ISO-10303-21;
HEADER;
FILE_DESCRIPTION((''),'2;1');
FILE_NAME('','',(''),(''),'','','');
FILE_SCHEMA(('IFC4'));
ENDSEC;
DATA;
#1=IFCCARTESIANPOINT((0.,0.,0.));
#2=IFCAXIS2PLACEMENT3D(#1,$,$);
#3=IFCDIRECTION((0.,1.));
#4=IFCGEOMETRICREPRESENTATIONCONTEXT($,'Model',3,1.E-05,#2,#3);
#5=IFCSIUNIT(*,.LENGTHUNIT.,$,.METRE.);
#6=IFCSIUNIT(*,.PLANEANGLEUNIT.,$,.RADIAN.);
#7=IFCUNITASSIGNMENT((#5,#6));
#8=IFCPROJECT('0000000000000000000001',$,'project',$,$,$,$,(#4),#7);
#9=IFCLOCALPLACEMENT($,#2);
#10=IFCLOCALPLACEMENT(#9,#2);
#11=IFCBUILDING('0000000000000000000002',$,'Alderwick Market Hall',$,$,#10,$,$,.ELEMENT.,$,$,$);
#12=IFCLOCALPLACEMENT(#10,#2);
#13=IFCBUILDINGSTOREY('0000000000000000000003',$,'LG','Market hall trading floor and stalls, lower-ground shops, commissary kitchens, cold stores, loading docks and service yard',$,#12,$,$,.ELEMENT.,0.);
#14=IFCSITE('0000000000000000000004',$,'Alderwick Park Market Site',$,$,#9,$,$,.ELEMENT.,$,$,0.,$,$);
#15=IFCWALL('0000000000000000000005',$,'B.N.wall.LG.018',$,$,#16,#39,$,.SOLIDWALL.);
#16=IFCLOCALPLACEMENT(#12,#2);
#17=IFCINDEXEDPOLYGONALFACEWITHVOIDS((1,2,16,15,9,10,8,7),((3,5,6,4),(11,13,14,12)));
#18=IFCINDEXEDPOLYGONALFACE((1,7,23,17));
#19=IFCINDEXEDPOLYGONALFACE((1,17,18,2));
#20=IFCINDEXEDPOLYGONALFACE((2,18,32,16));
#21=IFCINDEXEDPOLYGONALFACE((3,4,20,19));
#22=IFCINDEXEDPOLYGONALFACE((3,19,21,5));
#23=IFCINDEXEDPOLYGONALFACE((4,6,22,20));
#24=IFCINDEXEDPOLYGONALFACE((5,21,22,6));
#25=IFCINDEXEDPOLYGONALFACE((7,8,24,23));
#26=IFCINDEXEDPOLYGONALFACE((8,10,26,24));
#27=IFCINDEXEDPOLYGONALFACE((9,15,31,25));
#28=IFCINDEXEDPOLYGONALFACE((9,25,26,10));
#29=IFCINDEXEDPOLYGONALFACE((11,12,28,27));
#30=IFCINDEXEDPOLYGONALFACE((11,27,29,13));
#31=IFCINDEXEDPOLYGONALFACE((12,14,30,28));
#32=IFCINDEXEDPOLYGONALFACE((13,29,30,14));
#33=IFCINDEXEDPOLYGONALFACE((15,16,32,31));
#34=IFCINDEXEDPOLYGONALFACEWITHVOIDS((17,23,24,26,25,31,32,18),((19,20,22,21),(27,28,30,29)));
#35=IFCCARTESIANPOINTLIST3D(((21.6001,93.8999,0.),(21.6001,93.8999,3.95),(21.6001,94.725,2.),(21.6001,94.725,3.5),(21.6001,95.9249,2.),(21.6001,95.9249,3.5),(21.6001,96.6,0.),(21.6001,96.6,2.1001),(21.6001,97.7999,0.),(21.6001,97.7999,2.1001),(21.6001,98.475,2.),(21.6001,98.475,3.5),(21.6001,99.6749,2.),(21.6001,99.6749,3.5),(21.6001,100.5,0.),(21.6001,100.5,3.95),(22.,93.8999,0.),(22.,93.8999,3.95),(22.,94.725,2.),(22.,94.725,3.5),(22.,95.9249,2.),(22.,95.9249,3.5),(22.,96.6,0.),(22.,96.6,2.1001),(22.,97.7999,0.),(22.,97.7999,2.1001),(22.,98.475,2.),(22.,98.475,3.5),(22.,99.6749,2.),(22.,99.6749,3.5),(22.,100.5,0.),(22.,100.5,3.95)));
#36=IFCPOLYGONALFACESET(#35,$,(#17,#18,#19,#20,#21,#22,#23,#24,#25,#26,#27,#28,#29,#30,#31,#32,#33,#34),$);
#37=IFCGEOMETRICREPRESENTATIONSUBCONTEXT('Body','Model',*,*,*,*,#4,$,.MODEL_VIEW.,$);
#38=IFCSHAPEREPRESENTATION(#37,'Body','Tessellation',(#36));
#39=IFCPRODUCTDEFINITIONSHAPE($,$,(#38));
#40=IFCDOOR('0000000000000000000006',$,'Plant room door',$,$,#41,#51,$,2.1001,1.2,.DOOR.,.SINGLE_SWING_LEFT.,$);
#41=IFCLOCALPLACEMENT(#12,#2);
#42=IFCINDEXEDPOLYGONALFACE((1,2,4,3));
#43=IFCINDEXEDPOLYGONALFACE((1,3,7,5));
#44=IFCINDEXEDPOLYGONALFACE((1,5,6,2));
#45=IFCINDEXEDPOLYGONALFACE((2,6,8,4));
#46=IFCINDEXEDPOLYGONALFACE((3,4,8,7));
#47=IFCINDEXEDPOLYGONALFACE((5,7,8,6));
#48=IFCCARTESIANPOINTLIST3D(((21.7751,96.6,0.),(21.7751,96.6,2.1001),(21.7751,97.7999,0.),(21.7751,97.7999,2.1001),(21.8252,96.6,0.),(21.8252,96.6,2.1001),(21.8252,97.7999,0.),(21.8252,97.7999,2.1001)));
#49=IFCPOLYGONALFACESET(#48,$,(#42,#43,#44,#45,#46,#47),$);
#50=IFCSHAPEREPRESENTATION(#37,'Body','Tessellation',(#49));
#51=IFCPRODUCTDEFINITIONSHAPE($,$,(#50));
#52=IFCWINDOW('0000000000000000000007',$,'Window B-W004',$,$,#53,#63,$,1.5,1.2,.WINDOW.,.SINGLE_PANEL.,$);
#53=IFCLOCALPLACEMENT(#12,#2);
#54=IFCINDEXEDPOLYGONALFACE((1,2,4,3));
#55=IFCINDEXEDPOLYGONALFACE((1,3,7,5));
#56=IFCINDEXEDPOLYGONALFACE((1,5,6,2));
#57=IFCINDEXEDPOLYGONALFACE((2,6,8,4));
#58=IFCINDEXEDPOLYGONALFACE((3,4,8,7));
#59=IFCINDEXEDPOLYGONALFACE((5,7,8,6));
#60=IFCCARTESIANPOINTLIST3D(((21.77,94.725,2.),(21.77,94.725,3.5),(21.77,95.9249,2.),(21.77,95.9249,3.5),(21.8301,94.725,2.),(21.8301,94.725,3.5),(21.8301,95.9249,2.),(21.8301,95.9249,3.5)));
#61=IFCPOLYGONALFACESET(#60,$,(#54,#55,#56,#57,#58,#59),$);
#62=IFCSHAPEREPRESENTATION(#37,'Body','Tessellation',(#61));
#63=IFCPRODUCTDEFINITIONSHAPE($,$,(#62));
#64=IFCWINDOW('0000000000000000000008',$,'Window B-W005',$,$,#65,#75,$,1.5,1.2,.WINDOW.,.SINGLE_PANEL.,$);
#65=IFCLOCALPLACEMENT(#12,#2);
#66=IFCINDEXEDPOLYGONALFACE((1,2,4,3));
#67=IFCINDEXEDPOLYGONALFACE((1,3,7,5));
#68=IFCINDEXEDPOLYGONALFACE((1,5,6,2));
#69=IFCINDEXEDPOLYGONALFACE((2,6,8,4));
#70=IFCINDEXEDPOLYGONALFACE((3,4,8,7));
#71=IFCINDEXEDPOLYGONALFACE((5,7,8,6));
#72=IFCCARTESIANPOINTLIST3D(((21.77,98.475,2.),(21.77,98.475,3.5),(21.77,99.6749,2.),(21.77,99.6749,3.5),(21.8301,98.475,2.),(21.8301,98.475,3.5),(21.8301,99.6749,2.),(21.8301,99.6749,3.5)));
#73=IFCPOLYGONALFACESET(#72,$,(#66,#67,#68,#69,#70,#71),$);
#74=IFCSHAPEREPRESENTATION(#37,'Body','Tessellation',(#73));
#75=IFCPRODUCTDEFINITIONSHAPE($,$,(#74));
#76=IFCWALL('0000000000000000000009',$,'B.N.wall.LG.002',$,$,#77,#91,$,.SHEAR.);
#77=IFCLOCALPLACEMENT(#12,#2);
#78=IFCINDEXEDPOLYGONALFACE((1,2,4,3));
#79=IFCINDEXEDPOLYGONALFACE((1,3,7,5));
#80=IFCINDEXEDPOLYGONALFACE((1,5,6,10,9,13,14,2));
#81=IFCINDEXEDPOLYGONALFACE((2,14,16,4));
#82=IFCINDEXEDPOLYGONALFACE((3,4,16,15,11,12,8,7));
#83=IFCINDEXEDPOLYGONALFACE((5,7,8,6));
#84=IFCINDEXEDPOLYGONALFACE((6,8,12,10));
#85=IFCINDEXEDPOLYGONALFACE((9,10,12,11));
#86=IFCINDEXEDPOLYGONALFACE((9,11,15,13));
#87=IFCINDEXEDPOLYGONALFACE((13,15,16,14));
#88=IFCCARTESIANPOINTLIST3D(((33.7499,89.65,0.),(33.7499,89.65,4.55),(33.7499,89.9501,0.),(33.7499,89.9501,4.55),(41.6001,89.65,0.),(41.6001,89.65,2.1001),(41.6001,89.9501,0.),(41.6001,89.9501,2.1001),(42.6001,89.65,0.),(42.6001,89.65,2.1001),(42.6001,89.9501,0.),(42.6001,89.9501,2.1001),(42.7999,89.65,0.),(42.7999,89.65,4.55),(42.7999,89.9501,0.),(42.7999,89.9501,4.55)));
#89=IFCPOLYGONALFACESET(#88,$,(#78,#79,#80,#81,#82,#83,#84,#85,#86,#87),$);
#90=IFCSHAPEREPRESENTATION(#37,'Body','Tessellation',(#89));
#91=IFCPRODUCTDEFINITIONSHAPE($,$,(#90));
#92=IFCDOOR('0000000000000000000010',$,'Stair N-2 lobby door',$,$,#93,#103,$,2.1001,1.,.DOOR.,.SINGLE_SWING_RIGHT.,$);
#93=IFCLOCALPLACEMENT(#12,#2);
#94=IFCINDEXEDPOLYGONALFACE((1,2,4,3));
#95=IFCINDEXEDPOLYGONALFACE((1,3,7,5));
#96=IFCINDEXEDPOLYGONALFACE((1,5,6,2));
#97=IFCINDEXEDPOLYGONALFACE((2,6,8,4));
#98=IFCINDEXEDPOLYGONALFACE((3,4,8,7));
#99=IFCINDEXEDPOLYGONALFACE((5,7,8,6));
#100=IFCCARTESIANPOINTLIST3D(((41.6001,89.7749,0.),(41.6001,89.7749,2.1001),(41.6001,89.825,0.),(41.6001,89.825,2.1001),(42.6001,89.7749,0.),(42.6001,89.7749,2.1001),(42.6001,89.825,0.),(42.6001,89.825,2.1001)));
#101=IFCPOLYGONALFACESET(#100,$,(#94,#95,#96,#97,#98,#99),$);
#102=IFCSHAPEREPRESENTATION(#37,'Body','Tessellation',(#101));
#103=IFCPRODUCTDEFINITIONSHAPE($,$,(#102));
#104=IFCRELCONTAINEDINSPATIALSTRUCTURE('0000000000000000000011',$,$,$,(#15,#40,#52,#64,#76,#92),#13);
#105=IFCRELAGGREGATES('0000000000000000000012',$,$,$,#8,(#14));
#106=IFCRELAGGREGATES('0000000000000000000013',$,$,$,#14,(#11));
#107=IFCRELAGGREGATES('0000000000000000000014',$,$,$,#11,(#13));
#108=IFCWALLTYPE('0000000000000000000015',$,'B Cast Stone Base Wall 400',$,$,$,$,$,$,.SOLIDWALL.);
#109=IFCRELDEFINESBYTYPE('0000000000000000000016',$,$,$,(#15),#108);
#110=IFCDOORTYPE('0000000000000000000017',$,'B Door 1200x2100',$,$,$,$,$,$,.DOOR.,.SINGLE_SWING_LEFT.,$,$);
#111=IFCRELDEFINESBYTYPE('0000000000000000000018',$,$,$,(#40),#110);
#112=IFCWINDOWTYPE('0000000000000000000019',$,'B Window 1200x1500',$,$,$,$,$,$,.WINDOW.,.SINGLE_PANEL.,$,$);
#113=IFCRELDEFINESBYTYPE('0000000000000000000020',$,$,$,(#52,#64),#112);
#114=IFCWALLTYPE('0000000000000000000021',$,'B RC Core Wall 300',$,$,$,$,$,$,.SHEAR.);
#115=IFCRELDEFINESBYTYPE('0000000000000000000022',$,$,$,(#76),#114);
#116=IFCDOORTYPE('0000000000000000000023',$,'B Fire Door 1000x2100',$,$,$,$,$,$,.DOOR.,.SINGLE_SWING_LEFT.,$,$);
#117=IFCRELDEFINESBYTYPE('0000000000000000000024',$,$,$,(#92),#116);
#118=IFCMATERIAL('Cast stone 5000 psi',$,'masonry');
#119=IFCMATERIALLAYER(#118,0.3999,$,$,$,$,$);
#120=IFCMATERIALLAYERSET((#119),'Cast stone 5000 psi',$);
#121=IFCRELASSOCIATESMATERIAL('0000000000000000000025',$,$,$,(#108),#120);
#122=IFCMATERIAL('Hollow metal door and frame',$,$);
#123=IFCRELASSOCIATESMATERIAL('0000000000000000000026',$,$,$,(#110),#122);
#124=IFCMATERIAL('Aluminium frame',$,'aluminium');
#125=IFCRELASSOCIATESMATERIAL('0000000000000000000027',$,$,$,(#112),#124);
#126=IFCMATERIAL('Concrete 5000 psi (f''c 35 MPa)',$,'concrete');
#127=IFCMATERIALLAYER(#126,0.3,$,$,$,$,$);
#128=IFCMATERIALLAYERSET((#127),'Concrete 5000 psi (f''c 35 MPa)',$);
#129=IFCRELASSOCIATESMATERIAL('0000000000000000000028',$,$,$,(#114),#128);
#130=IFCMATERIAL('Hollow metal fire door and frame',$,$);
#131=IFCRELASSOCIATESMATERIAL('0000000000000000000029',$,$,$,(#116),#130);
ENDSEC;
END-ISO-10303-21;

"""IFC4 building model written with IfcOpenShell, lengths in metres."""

from ifc_helpers import new_model, si_unit, direction, frame, frame_2d, origin, place, context, subcontext, project, spatial, rectangle, extrude, material, layer, layer_set, type_object, element, fill, save


model = new_model("IFC4")

# Units and contexts
model_context = context("Model", 3, precision=1e-05, world=origin(), true_north=direction((0.0, 1.0)))
body_context = subcontext(model_context, "Body", "Model", "MODEL_VIEW")
ifc_project = project(units=[si_unit("LENGTHUNIT", "METRE"), si_unit("PLANEANGLEUNIT", "RADIAN")], contexts=[model_context])

# Site, building, storey
site_placement = place(None, origin())
site = spatial("IfcSite", under=ifc_project, at=site_placement, Name="Alderwick Park Market Site", CompositionType="ELEMENT", RefElevation=0.0)
building_placement = place(site_placement, origin())
building = spatial("IfcBuilding", under=site, at=building_placement, Name="Alderwick Market Hall", CompositionType="ELEMENT")
storey_placement = place(building_placement, origin())
storey = spatial("IfcBuildingStorey", under=building, at=storey_placement, Name="LG", Description="Market hall trading floor and stalls, lower-ground shops, commissary kitchens, cold stores, loading docks and service yard", CompositionType="ELEMENT", Elevation=0.0)

# Shared definitions
ifc_material_1 = material(Name="Concrete 5000 psi (f'c 35 MPa)", Category="concrete")

# Shared definitions
ifc_material_2 = material(Name="Cast stone 5000 psi", Category="masonry")
ifc_layer_1 = layer(ifc_material_2, 0.3999)
ifc_layer_set_1 = layer_set([ifc_layer_1], Name="Cast stone 5000 psi")
wall_type_1 = type_object("IfcWallType", Name="B Cast Stone Base Wall 400", PredefinedType="SOLIDWALL", material=ifc_layer_set_1)
ifc_material_3 = material(Name="Aluminium frame", Category="aluminium")

# Wall, openings, door, windows
wall_1_placement = place(storey_placement, frame((21.8, 93.8999, 0.0), z_axis=(0.0, 0.0, 1.0), x_axis=(0.0, 1.0, 0.0)))
wall_1 = element("IfcWall", 1, at=wall_1_placement, inside=storey, type_object=wall_type_1, Name="B.N.wall.LG.018", PredefinedType="SOLIDWALL", context=body_context, shape_type="SweptSolid", body=[
    extrude(rectangle(XDim=6.6001, YDim=0.3999, at=frame_2d((3.3, 0.0))), origin(), (0.0, 0.0, 1.0), 3.95),
])
opening_1_placement = place(wall_1_placement, frame((2.7, 0.0, 0.0)))
opening_1 = element("IfcOpeningElement", 2, at=opening_1_placement, cuts=wall_1, PredefinedType="OPENING", context=body_context, shape_type="SweptSolid", body=[
    extrude(rectangle(XDim=1.2, YDim=2.1001, at=frame_2d((0.6001, 1.05))), frame((0.0, 0.21, 0.0), z_axis=(0.0, -1.0, 0.0), x_axis=(1.0, 0.0, 0.0)), (0.0, 0.0, 1.0), 0.4199),
])
opening_2_placement = place(wall_1_placement, frame((0.825, 0.0, 2.0)))
opening_2 = element("IfcOpeningElement", 3, at=opening_2_placement, cuts=wall_1, PredefinedType="OPENING", context=body_context, shape_type="SweptSolid", body=[
    extrude(rectangle(XDim=1.2, YDim=1.5, at=frame_2d((0.6001, 0.75))), frame((0.0, 0.21, 0.0), z_axis=(0.0, -1.0, 0.0), x_axis=(1.0, 0.0, 0.0)), (0.0, 0.0, 1.0), 0.4199),
])
opening_3_placement = place(wall_1_placement, frame((4.575, 0.0, 2.0)))
opening_3 = element("IfcOpeningElement", 4, at=opening_3_placement, cuts=wall_1, PredefinedType="OPENING", context=body_context, shape_type="SweptSolid", body=[
    extrude(rectangle(XDim=1.2, YDim=1.5, at=frame_2d((0.6001, 0.75))), frame((0.0, 0.21, 0.0), z_axis=(0.0, -1.0, 0.0), x_axis=(1.0, 0.0, 0.0)), (0.0, 0.0, 1.0), 0.4199),
])
ifc_material_4 = material(Name="Hollow metal door and frame")
door_type_1 = type_object("IfcDoorType", Name="B Door 1200x2100", OperationType="SINGLE_SWING_LEFT", PredefinedType="DOOR", material=ifc_material_4)
door_1_placement = place(opening_1_placement, origin())
door_1 = element("IfcDoor", 5, at=door_1_placement, inside=storey, type_object=door_type_1, Name="Plant room door", OperationType="SINGLE_SWING_LEFT", OverallHeight=2.1001, OverallWidth=1.2, PredefinedType="DOOR", context=body_context, shape_type="SweptSolid", body=[
    extrude(rectangle(XDim=1.2, YDim=2.1001, at=frame_2d((0.6001, 1.05))), frame((0.0, 0.0249, 0.0), z_axis=(0.0, -1.0, 0.0), x_axis=(1.0, 0.0, 0.0)), (0.0, 0.0, 1.0), 0.05),
])
fill(opening_1, door_1)
window_type_1 = type_object("IfcWindowType", Name="B Window 1200x1500", PartitioningType="SINGLE_PANEL", PredefinedType="WINDOW", material=ifc_material_3)
window_1_placement = place(opening_2_placement, origin())
window_1 = element("IfcWindow", 6, at=window_1_placement, inside=storey, type_object=window_type_1, Name="Window B-W004", OverallHeight=1.5, OverallWidth=1.2, PartitioningType="SINGLE_PANEL", PredefinedType="WINDOW", context=body_context, shape_type="SweptSolid", body=[
    extrude(rectangle(XDim=1.2, YDim=1.5, at=frame_2d((0.6001, 0.75))), frame((0.0, 0.03, 0.0), z_axis=(0.0, -1.0, 0.0), x_axis=(1.0, 0.0, 0.0)), (0.0, 0.0, 1.0), 0.0601),
])
fill(opening_2, window_1)
window_2_placement = place(opening_3_placement, origin())
window_2 = element("IfcWindow", 7, at=window_2_placement, inside=storey, type_object=window_type_1, Name="Window B-W005", OverallHeight=1.5, OverallWidth=1.2, PartitioningType="SINGLE_PANEL", PredefinedType="WINDOW", context=body_context, shape_type="SweptSolid", body=[
    extrude(rectangle(XDim=1.2, YDim=1.5, at=frame_2d((0.6001, 0.75))), frame((0.0, 0.03, 0.0), z_axis=(0.0, -1.0, 0.0), x_axis=(1.0, 0.0, 0.0)), (0.0, 0.0, 1.0), 0.0601),
])
fill(opening_3, window_2)

# Wall, opening, door
ifc_layer_2 = layer(ifc_material_1, 0.3)
ifc_layer_set_2 = layer_set([ifc_layer_2], Name="Concrete 5000 psi (f'c 35 MPa)")
wall_type_2 = type_object("IfcWallType", Name="B RC Core Wall 300", PredefinedType="SHEAR", material=ifc_layer_set_2)
wall_2_placement = place(storey_placement, frame((33.75, 89.8, 0.0), z_axis=(0.0, 0.0, 1.0), x_axis=(1.0, 0.0, 0.0)))
wall_2 = element("IfcWall", 8, at=wall_2_placement, inside=storey, type_object=wall_type_2, Name="B.N.wall.LG.002", PredefinedType="SHEAR", context=body_context, shape_type="SweptSolid", body=[
    extrude(rectangle(XDim=9.05, YDim=0.3, at=frame_2d((4.5249, 0.0))), origin(), (0.0, 0.0, 1.0), 4.55),
])
opening_4_placement = place(wall_2_placement, frame((7.8501, 0.0, 0.0)))
opening_4 = element("IfcOpeningElement", 9, at=opening_4_placement, cuts=wall_2, PredefinedType="OPENING", context=body_context, shape_type="SweptSolid", body=[
    extrude(rectangle(XDim=1.0, YDim=2.1001, at=frame_2d((0.5, 1.05))), frame((0.0, 0.1599, 0.0), z_axis=(0.0, -1.0, 0.0), x_axis=(1.0, 0.0, 0.0)), (0.0, 0.0, 1.0), 0.3201),
])
ifc_material_5 = material(Name="Hollow metal fire door and frame")
door_type_2 = type_object("IfcDoorType", Name="B Fire Door 1000x2100", OperationType="SINGLE_SWING_LEFT", PredefinedType="DOOR", material=ifc_material_5)
door_2_placement = place(opening_4_placement, origin())
door_2 = element("IfcDoor", 10, at=door_2_placement, inside=storey, type_object=door_type_2, Name="Stair N-2 lobby door", OperationType="SINGLE_SWING_RIGHT", OverallHeight=2.1001, OverallWidth=1.0, PredefinedType="DOOR", context=body_context, shape_type="SweptSolid", body=[
    extrude(rectangle(XDim=1.0, YDim=2.1001, at=frame_2d((0.5, 1.05))), frame((0.0, 0.0249, 0.0), z_axis=(0.0, -1.0, 0.0), x_axis=(1.0, 0.0, 0.0)), (0.0, 0.0, 1.0), 0.05),
])
fill(opening_4, door_2)

save(model, "model.ifc")
